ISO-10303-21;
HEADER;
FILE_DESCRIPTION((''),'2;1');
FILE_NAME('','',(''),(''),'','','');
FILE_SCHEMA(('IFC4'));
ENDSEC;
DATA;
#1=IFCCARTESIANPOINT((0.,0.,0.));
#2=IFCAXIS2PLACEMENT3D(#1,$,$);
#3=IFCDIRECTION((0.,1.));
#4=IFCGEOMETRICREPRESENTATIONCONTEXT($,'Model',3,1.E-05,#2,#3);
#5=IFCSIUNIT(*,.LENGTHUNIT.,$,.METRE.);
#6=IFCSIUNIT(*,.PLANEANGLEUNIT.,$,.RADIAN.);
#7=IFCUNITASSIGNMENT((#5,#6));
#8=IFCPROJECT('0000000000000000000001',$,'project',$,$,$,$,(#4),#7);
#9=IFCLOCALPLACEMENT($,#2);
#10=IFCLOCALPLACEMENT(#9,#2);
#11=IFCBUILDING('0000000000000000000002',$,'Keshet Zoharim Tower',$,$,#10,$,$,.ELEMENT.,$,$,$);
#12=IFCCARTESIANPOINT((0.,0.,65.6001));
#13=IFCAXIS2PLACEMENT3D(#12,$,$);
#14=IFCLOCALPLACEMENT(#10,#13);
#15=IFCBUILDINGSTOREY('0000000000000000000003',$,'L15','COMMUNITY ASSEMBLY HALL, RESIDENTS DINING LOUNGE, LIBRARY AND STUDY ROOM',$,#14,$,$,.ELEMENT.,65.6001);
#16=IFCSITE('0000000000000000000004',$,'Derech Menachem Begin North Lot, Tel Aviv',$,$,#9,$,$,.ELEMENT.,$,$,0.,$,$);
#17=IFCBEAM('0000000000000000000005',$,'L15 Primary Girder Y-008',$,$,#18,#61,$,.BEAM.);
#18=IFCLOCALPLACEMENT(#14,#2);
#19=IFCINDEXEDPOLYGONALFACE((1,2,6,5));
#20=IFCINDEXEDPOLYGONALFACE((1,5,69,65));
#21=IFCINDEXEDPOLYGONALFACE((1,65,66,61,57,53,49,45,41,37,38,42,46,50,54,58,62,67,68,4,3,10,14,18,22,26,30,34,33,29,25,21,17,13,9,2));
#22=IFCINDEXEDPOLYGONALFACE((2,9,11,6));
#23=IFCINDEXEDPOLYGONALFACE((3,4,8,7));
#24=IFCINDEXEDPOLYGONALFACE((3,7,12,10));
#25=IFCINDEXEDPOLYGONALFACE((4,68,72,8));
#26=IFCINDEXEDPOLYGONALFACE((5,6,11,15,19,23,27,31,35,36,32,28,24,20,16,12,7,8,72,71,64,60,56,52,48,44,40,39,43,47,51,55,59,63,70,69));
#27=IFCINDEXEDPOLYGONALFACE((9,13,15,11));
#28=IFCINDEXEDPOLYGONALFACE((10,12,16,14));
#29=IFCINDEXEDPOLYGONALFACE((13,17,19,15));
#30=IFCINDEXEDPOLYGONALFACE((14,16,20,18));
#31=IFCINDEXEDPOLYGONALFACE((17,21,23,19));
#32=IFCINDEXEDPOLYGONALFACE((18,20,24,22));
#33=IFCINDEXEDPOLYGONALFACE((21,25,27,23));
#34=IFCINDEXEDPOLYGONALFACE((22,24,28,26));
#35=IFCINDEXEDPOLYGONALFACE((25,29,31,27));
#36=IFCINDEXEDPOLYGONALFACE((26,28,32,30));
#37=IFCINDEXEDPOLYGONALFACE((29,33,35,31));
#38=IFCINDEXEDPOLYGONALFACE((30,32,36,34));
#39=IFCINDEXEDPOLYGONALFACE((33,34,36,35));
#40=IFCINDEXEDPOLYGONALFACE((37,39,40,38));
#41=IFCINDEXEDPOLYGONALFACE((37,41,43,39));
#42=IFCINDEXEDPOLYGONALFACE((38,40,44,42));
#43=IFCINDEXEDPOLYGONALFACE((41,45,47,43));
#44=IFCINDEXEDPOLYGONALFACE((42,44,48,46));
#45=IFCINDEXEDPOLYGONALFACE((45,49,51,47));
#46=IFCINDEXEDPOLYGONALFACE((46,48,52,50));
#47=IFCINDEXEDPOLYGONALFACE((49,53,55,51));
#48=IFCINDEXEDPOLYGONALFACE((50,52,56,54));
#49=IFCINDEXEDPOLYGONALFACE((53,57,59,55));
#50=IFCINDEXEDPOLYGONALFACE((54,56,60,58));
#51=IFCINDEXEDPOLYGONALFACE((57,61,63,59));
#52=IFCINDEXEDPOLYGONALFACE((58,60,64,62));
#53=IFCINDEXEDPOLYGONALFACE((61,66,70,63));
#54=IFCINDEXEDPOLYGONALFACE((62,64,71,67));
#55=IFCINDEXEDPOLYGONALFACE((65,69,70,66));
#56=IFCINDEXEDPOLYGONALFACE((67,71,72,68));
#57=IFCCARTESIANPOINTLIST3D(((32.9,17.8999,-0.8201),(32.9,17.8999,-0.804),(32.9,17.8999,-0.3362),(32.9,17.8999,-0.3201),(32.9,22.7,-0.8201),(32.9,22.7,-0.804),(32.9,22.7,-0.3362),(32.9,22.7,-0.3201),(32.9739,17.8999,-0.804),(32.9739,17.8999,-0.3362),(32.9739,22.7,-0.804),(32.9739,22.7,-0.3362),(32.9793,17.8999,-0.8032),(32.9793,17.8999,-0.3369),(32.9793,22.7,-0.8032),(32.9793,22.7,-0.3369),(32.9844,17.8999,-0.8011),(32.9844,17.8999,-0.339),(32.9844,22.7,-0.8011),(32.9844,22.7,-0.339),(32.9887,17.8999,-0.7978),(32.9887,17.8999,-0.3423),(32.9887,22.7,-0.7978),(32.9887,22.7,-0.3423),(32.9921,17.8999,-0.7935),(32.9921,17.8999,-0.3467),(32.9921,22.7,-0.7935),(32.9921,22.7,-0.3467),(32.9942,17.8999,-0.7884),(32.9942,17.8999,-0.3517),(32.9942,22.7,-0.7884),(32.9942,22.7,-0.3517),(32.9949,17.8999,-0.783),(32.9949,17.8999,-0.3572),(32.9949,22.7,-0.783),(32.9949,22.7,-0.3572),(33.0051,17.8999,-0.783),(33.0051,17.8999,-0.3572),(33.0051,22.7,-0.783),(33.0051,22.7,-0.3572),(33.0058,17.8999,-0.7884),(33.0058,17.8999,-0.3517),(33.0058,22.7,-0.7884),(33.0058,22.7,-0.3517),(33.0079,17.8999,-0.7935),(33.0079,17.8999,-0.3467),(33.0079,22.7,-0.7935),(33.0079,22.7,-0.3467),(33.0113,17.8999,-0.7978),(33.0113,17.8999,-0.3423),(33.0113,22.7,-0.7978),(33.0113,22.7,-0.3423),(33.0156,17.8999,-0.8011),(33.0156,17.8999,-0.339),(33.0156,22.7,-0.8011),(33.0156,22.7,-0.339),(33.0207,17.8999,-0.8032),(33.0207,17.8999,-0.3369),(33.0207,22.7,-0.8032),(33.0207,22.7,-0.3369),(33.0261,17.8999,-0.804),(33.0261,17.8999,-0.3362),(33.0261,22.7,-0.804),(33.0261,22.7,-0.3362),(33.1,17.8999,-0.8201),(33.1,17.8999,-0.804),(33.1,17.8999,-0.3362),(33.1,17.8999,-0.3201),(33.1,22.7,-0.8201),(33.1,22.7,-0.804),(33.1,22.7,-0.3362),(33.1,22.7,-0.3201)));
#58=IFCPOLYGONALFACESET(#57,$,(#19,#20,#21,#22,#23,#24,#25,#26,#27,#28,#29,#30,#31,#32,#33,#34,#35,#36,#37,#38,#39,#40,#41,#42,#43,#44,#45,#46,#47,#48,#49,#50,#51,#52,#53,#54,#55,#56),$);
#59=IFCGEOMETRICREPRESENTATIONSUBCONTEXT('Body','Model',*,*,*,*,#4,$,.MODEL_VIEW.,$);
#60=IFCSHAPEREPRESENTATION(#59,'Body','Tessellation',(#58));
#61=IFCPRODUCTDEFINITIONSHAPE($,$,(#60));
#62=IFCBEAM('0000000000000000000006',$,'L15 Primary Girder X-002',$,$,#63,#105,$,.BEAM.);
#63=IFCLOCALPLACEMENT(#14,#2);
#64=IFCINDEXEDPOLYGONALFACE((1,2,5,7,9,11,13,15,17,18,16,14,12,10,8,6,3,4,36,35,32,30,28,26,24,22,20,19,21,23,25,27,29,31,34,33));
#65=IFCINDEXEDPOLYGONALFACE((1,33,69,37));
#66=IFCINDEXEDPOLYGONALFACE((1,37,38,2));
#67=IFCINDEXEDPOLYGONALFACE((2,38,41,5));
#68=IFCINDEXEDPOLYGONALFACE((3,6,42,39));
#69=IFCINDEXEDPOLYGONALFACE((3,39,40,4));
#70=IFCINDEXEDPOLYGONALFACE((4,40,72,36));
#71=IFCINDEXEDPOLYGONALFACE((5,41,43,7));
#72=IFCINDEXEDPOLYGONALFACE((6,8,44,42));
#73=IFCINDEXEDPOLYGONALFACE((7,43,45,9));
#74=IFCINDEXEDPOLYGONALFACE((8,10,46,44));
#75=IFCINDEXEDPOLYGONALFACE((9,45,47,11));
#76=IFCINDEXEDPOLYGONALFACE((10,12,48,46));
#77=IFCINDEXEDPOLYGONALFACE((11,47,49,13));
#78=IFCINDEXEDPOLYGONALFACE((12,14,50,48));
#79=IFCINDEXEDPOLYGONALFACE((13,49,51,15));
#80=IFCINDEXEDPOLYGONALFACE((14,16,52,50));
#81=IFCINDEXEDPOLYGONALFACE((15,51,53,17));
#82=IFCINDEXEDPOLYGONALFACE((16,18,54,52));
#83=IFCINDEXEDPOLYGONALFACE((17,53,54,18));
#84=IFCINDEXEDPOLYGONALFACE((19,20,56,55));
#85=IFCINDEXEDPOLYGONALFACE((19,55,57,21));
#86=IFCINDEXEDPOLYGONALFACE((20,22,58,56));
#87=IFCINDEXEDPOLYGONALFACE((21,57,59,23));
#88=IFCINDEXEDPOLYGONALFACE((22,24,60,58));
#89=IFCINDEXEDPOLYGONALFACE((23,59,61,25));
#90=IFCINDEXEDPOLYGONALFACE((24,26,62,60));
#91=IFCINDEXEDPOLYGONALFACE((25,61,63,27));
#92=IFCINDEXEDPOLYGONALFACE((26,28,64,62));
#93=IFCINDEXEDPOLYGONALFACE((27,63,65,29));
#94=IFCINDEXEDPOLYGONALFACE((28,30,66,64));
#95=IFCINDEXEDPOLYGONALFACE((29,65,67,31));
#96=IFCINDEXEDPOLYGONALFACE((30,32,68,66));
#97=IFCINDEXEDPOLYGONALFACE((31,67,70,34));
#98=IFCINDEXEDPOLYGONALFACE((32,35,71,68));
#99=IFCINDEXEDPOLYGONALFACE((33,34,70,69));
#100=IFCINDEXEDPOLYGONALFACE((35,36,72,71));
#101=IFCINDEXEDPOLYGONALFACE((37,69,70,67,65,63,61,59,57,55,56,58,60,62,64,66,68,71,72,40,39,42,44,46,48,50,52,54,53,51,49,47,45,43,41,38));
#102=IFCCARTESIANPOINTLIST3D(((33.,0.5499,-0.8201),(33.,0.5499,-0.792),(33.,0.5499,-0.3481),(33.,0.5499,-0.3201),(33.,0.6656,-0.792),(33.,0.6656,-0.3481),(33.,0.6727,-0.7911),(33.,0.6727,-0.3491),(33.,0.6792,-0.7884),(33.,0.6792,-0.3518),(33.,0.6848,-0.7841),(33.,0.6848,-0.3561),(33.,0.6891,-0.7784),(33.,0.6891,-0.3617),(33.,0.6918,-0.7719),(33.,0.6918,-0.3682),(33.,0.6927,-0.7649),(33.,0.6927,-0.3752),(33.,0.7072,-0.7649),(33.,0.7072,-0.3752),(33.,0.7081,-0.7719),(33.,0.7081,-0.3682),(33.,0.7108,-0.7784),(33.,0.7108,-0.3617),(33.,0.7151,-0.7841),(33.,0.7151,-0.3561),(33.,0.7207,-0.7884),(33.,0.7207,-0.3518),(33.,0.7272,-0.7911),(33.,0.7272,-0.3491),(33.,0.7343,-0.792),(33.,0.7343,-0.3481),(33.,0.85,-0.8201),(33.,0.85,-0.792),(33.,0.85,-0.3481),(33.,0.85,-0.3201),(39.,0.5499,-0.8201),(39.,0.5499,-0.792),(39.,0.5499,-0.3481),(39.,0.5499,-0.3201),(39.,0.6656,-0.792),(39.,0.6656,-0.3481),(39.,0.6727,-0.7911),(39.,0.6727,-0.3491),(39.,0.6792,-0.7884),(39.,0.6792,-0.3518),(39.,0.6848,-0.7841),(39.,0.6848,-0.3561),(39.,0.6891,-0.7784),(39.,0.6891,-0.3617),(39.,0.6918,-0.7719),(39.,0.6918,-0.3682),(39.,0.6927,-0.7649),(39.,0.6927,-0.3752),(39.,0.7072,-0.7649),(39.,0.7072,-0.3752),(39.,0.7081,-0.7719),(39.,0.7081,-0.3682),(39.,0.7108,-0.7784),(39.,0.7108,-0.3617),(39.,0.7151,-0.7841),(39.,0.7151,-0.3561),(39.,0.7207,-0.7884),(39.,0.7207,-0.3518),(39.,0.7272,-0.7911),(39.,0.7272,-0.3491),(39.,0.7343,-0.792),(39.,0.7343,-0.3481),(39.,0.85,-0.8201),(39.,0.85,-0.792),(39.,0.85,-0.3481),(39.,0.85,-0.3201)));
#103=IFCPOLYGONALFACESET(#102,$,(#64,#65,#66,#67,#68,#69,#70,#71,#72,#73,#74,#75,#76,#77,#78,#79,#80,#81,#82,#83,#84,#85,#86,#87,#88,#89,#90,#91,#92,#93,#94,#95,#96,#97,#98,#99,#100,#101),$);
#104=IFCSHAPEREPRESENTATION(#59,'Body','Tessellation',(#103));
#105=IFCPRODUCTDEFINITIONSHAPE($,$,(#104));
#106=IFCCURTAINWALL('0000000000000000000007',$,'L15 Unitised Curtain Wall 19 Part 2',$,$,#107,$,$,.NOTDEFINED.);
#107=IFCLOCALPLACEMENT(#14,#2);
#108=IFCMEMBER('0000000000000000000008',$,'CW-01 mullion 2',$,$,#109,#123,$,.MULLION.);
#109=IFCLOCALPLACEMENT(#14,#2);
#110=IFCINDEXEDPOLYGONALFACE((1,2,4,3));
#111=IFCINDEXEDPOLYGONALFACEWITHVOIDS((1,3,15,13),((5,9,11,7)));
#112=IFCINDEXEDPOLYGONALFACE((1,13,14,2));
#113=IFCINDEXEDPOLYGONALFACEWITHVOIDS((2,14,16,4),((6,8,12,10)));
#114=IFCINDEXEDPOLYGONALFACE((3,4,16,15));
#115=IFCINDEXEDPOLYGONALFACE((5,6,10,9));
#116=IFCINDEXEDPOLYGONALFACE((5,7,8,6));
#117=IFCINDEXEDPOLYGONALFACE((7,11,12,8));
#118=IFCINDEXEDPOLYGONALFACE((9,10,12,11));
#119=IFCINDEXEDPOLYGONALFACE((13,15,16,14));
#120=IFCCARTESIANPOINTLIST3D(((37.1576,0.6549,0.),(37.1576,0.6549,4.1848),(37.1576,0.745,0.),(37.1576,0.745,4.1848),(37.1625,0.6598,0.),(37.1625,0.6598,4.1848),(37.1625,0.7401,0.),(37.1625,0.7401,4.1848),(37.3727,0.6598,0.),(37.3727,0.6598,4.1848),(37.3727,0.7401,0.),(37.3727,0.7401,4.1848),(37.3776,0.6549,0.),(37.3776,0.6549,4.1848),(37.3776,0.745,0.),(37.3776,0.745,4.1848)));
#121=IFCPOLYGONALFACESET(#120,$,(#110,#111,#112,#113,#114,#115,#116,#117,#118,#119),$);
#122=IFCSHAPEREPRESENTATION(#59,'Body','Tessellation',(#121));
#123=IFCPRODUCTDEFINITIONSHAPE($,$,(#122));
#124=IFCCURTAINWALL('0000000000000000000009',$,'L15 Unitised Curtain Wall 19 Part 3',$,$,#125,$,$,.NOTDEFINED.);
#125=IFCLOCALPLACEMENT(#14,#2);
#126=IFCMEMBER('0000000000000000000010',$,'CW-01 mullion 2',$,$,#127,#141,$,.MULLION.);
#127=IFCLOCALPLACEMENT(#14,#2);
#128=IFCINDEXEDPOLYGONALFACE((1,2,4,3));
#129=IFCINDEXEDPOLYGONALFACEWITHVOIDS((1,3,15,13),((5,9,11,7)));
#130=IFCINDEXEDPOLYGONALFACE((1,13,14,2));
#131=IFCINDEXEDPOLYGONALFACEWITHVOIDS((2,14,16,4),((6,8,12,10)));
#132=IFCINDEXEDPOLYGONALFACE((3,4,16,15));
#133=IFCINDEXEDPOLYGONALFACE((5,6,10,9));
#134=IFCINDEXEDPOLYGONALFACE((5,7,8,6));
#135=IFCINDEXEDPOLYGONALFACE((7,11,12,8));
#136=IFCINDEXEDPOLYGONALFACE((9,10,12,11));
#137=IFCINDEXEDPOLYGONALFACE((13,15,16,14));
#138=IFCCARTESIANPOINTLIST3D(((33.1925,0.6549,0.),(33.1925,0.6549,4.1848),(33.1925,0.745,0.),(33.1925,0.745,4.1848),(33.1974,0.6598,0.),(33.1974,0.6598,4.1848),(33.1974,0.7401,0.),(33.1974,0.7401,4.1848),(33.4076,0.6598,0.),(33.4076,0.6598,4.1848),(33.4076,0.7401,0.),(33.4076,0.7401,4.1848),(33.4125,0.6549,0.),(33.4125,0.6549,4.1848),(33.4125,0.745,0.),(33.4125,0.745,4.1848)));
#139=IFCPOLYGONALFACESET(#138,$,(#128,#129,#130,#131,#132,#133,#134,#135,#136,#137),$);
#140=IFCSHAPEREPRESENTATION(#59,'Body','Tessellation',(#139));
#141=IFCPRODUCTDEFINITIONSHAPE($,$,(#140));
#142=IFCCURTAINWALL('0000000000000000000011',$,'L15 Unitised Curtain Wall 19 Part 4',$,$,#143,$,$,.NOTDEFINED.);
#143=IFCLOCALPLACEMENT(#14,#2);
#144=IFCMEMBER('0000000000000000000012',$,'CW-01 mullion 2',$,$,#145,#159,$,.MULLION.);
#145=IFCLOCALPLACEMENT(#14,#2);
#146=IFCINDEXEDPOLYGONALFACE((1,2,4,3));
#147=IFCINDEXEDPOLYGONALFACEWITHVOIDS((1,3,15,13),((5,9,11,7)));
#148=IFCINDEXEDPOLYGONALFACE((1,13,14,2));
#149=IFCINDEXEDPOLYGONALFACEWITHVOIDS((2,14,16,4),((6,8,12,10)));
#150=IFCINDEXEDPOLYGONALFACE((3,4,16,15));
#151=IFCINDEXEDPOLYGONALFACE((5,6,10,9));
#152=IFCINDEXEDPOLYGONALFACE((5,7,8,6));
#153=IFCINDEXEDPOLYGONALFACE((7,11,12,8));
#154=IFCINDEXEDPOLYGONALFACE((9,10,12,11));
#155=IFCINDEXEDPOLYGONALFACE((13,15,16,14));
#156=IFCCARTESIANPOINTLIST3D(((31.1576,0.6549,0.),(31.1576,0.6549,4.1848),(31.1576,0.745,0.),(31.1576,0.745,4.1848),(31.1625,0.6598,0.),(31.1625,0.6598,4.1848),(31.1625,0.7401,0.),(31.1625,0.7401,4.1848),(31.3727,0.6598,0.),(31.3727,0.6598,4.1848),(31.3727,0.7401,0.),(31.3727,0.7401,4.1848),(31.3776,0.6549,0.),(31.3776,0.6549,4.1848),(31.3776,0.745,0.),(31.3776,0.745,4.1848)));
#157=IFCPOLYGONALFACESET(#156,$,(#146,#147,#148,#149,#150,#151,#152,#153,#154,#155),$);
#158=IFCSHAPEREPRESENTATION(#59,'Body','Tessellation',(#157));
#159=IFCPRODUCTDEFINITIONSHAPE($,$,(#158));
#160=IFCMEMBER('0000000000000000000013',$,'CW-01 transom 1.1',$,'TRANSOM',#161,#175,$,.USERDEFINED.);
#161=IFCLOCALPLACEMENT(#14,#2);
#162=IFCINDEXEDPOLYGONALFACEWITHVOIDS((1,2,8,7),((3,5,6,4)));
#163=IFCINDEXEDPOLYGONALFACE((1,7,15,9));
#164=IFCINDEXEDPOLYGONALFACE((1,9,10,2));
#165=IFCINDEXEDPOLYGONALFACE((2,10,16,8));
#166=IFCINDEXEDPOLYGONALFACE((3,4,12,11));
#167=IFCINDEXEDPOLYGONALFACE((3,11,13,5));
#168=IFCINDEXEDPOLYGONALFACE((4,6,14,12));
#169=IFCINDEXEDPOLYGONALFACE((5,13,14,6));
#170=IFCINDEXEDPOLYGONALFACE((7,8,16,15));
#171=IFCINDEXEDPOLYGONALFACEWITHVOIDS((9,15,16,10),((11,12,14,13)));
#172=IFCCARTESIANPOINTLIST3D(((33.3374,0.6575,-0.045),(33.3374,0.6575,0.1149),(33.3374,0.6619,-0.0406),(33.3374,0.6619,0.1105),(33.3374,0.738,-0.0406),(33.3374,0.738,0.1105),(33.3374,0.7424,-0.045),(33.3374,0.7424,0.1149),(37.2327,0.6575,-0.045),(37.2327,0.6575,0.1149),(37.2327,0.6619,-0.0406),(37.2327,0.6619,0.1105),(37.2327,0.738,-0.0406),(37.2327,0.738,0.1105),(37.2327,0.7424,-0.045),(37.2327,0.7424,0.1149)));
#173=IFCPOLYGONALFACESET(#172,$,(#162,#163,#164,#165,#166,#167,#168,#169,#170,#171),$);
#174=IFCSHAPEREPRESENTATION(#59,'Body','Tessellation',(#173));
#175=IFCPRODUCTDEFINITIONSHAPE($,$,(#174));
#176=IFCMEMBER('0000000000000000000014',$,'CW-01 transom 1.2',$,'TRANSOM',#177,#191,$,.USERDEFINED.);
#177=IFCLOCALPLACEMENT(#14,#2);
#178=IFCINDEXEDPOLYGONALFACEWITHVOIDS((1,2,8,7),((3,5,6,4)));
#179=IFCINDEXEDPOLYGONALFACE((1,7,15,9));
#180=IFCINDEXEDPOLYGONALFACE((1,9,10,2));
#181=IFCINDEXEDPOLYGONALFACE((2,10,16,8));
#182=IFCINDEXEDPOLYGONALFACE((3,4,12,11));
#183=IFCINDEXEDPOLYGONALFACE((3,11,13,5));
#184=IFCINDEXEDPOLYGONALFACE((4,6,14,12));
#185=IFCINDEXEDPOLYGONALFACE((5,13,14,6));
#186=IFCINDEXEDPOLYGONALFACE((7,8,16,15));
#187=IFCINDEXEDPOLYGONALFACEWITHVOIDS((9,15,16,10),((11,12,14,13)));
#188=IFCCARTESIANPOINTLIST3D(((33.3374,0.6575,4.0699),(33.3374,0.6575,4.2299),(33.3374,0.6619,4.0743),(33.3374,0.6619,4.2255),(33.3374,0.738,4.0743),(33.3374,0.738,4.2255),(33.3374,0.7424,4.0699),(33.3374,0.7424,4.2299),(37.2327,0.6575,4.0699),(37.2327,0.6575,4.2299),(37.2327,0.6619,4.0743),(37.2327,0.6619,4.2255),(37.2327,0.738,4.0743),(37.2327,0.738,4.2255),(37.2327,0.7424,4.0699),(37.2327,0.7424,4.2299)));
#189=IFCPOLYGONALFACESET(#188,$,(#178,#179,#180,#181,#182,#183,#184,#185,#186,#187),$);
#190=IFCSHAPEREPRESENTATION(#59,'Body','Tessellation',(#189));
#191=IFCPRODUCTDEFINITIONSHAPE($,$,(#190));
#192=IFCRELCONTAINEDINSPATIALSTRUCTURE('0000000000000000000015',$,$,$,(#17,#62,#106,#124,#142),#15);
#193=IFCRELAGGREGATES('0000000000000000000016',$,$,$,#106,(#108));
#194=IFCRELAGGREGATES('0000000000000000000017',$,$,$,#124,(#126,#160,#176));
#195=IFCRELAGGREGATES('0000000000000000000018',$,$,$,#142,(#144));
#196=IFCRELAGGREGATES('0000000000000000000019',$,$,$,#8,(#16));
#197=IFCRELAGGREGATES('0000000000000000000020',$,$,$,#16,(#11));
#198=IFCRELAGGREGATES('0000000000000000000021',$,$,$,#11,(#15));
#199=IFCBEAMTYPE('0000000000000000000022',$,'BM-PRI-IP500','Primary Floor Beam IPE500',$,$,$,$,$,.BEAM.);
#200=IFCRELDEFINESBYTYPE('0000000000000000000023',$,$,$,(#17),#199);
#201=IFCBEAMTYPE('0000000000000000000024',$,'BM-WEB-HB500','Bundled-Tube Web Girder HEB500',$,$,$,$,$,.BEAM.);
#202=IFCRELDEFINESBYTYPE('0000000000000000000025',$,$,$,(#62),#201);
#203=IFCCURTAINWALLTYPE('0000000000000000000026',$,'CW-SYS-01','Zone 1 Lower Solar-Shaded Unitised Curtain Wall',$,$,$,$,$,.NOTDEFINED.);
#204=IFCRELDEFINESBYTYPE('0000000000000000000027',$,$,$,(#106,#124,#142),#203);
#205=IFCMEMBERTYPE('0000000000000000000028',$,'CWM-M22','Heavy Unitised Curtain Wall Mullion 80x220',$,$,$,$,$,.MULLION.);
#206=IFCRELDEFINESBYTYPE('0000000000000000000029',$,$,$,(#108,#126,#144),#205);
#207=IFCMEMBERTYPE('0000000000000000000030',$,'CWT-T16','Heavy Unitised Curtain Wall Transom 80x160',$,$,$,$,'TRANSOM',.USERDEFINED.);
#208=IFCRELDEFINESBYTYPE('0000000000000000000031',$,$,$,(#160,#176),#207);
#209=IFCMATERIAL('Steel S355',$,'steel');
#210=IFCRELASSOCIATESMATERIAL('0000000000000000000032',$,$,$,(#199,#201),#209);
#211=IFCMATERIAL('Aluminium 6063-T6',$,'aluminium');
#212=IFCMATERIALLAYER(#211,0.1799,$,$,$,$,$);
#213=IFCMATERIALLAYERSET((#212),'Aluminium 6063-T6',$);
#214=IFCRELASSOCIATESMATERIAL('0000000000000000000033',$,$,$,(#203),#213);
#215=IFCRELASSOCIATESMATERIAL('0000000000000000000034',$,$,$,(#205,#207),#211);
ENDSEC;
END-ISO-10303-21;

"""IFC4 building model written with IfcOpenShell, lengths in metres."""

from ifc_helpers import new_model, si_unit, direction, frame, origin, origin_2d, place, context, subcontext, project, spatial, hollow_rectangle, i_section, extrude, material, layer, layer_set, material_profile, profile_set, type_object, element, aggregate, save


model = new_model("IFC4")

# Units and contexts
model_context = context("Model", 3, precision=1e-05, world=origin(), true_north=direction((0.0, 1.0)))
body_context = subcontext(model_context, "Body", "Model", "MODEL_VIEW")
ifc_project = project(units=[si_unit("LENGTHUNIT", "METRE"), si_unit("PLANEANGLEUNIT", "RADIAN")], contexts=[model_context])

# Site, building, storey
site_placement = place(None, origin())
site = spatial("IfcSite", under=ifc_project, at=site_placement, Name="Derech Menachem Begin North Lot, Tel Aviv", CompositionType="ELEMENT", RefElevation=0.0)
building_placement = place(site_placement, origin())
building = spatial("IfcBuilding", under=site, at=building_placement, Name="Keshet Zoharim Tower", CompositionType="ELEMENT")
storey_placement = place(building_placement, frame((0.0, 0.0, 65.6001)))
storey = spatial("IfcBuildingStorey", under=building, at=storey_placement, Name="L15", Description="COMMUNITY ASSEMBLY HALL, RESIDENTS DINING LOUNGE, LIBRARY AND STUDY ROOM", CompositionType="ELEMENT", Elevation=65.6001)

# Shared definitions
ifc_material_1 = material(Name="Steel S355", Category="steel")

# Beams
ifc_material_profile_1 = material_profile(ifc_material_1, i_section(OverallWidth=0.2, OverallDepth=0.5, WebThickness=0.0103, FlangeThickness=0.0161, FilletRadius=0.021, at=origin_2d()), Name="IPE500")
ifc_profile_set_1 = profile_set([ifc_material_profile_1], Name="Steel S355")
beam_type_1 = type_object("IfcBeamType", Name="BM-PRI-IP500", Description="Primary Floor Beam IPE500", PredefinedType="BEAM", material=ifc_profile_set_1)
beam_1_placement = place(storey_placement, frame((33.0, 17.8999, -0.5701), z_axis=(0.0, 1.0, 0.0), x_axis=(-1.0, 0.0, 0.0)))
element("IfcBeam", 1, at=beam_1_placement, inside=storey, type_object=beam_type_1, Name="L15 Primary Girder Y-008", PredefinedType="BEAM", context=body_context, shape_type="SweptSolid", body=[
    extrude(i_section(OverallWidth=0.2, OverallDepth=0.5, WebThickness=0.0103, FlangeThickness=0.0161, FilletRadius=0.021, at=origin_2d()), origin(), (0.0, 0.0, 1.0), 4.8),
])
ifc_material_profile_2 = material_profile(ifc_material_1, i_section(OverallWidth=0.3, OverallDepth=0.5, WebThickness=0.0144, FlangeThickness=0.0281, FilletRadius=0.0271, at=origin_2d()), Name="HEB500")
ifc_profile_set_2 = profile_set([ifc_material_profile_2], Name="Steel S355")
beam_type_2 = type_object("IfcBeamType", Name="BM-WEB-HB500", Description="Bundled-Tube Web Girder HEB500", PredefinedType="BEAM", material=ifc_profile_set_2)
beam_2_placement = place(storey_placement, frame((33.0, 0.7, -0.5701), z_axis=(1.0, 0.0, 0.0), x_axis=(0.0, 1.0, 0.0)))
element("IfcBeam", 2, at=beam_2_placement, inside=storey, type_object=beam_type_2, Name="L15 Primary Girder X-002", PredefinedType="BEAM", context=body_context, shape_type="SweptSolid", body=[
    extrude(i_section(OverallWidth=0.3, OverallDepth=0.5, WebThickness=0.0144, FlangeThickness=0.0281, FilletRadius=0.0271, at=origin_2d()), origin(), (0.0, 0.0, 1.0), 6.0),
])

# Curtain walls, members
ifc_material_2 = material(Name="Aluminium 6063-T6", Category="aluminium")
ifc_layer_1 = layer(ifc_material_2, 0.1799)
ifc_layer_set_1 = layer_set([ifc_layer_1], Name="Aluminium 6063-T6")
curtain_wall_type = type_object("IfcCurtainWallType", Name="CW-SYS-01", Description="Zone 1 Lower Solar-Shaded Unitised Curtain Wall", PredefinedType="NOTDEFINED", material=ifc_layer_set_1)
curtain_wall_1_placement = place(storey_placement, origin())
curtain_wall_1 = element("IfcCurtainWall", 3, at=curtain_wall_1_placement, inside=storey, type_object=curtain_wall_type, Name="L15 Unitised Curtain Wall 19 Part 2", PredefinedType="NOTDEFINED")
ifc_material_profile_3 = material_profile(ifc_material_2, hollow_rectangle(XDim=0.0901, YDim=0.22, WallThickness=0.0049, at=origin_2d()), Name="MUL-90x220")
ifc_profile_set_3 = profile_set([ifc_material_profile_3], Name="Aluminium 6063-T6")
member_type_1 = type_object("IfcMemberType", Name="CWM-M22", Description="Heavy Unitised Curtain Wall Mullion 80x220", PredefinedType="MULLION", material=ifc_profile_set_3)
member_1_placement = place(storey_placement, frame((37.2676, 0.7, 0.0), z_axis=(0.0, 0.0, 1.0), x_axis=(0.0, -1.0, 0.0)))
member_1 = element("IfcMember", 4, at=member_1_placement, type_object=member_type_1, Name="CW-01 mullion 2", PredefinedType="MULLION", context=body_context, shape_type="SweptSolid", body=[
    extrude(hollow_rectangle(XDim=0.0901, YDim=0.22, WallThickness=0.0049, at=origin_2d()), origin(), (0.0, 0.0, 1.0), 4.1848),
])
aggregate(curtain_wall_1, [member_1])
curtain_wall_2_placement = place(storey_placement, origin())
curtain_wall_2 = element("IfcCurtainWall", 5, at=curtain_wall_2_placement, inside=storey, type_object=curtain_wall_type, Name="L15 Unitised Curtain Wall 19 Part 3", PredefinedType="NOTDEFINED")
member_2_placement = place(storey_placement, frame((33.3025, 0.7, 0.0), z_axis=(0.0, 0.0, 1.0), x_axis=(0.0, -1.0, 0.0)))
member_2 = element("IfcMember", 6, at=member_2_placement, type_object=member_type_1, Name="CW-01 mullion 2", PredefinedType="MULLION", context=body_context, shape_type="SweptSolid", body=[
    extrude(hollow_rectangle(XDim=0.0901, YDim=0.22, WallThickness=0.0049, at=origin_2d()), origin(), (0.0, 0.0, 1.0), 4.1848),
])
curtain_wall_3_placement = place(storey_placement, origin())
curtain_wall_3 = element("IfcCurtainWall", 7, at=curtain_wall_3_placement, inside=storey, type_object=curtain_wall_type, Name="L15 Unitised Curtain Wall 19 Part 4", PredefinedType="NOTDEFINED")
member_3_placement = place(storey_placement, frame((31.2676, 0.7, 0.0), z_axis=(0.0, 0.0, 1.0), x_axis=(0.0, -1.0, 0.0)))
member_3 = element("IfcMember", 8, at=member_3_placement, type_object=member_type_1, Name="CW-01 mullion 2", PredefinedType="MULLION", context=body_context, shape_type="SweptSolid", body=[
    extrude(hollow_rectangle(XDim=0.0901, YDim=0.22, WallThickness=0.0049, at=origin_2d()), origin(), (0.0, 0.0, 1.0), 4.1848),
])

# Members
ifc_material_profile_4 = material_profile(ifc_material_2, hollow_rectangle(XDim=0.085, YDim=0.1599, WallThickness=0.0044, at=origin_2d()), Name="TRN-85x160")
ifc_profile_set_4 = profile_set([ifc_material_profile_4], Name="Aluminium 6063-T6")
member_type_2 = type_object("IfcMemberType", Name="CWT-T16", Description="Heavy Unitised Curtain Wall Transom 80x160", ElementType="TRANSOM", PredefinedType="USERDEFINED", material=ifc_profile_set_4)
member_4_placement = place(storey_placement, frame((37.2327, 0.7, 0.0349), z_axis=(-1.0, 0.0, 0.0), x_axis=(0.0, -1.0, 0.0)))
member_4 = element("IfcMember", 9, at=member_4_placement, type_object=member_type_2, Name="CW-01 transom 1.1", ObjectType="TRANSOM", PredefinedType="USERDEFINED", context=body_context, shape_type="SweptSolid", body=[
    extrude(hollow_rectangle(XDim=0.085, YDim=0.1599, WallThickness=0.0044, at=origin_2d()), origin(), (0.0, 0.0, 1.0), 3.8953),
])
member_5_placement = place(storey_placement, frame((37.2327, 0.7, 4.1499), z_axis=(-1.0, 0.0, 0.0), x_axis=(0.0, -1.0, 0.0)))
member_5 = element("IfcMember", 10, at=member_5_placement, type_object=member_type_2, Name="CW-01 transom 1.2", ObjectType="TRANSOM", PredefinedType="USERDEFINED", context=body_context, shape_type="SweptSolid", body=[
    extrude(hollow_rectangle(XDim=0.085, YDim=0.1599, WallThickness=0.0044, at=origin_2d()), origin(), (0.0, 0.0, 1.0), 3.8953),
])

aggregate(curtain_wall_2, [member_2, member_4, member_5])
aggregate(curtain_wall_3, [member_3])

save(model, "model.ifc")
